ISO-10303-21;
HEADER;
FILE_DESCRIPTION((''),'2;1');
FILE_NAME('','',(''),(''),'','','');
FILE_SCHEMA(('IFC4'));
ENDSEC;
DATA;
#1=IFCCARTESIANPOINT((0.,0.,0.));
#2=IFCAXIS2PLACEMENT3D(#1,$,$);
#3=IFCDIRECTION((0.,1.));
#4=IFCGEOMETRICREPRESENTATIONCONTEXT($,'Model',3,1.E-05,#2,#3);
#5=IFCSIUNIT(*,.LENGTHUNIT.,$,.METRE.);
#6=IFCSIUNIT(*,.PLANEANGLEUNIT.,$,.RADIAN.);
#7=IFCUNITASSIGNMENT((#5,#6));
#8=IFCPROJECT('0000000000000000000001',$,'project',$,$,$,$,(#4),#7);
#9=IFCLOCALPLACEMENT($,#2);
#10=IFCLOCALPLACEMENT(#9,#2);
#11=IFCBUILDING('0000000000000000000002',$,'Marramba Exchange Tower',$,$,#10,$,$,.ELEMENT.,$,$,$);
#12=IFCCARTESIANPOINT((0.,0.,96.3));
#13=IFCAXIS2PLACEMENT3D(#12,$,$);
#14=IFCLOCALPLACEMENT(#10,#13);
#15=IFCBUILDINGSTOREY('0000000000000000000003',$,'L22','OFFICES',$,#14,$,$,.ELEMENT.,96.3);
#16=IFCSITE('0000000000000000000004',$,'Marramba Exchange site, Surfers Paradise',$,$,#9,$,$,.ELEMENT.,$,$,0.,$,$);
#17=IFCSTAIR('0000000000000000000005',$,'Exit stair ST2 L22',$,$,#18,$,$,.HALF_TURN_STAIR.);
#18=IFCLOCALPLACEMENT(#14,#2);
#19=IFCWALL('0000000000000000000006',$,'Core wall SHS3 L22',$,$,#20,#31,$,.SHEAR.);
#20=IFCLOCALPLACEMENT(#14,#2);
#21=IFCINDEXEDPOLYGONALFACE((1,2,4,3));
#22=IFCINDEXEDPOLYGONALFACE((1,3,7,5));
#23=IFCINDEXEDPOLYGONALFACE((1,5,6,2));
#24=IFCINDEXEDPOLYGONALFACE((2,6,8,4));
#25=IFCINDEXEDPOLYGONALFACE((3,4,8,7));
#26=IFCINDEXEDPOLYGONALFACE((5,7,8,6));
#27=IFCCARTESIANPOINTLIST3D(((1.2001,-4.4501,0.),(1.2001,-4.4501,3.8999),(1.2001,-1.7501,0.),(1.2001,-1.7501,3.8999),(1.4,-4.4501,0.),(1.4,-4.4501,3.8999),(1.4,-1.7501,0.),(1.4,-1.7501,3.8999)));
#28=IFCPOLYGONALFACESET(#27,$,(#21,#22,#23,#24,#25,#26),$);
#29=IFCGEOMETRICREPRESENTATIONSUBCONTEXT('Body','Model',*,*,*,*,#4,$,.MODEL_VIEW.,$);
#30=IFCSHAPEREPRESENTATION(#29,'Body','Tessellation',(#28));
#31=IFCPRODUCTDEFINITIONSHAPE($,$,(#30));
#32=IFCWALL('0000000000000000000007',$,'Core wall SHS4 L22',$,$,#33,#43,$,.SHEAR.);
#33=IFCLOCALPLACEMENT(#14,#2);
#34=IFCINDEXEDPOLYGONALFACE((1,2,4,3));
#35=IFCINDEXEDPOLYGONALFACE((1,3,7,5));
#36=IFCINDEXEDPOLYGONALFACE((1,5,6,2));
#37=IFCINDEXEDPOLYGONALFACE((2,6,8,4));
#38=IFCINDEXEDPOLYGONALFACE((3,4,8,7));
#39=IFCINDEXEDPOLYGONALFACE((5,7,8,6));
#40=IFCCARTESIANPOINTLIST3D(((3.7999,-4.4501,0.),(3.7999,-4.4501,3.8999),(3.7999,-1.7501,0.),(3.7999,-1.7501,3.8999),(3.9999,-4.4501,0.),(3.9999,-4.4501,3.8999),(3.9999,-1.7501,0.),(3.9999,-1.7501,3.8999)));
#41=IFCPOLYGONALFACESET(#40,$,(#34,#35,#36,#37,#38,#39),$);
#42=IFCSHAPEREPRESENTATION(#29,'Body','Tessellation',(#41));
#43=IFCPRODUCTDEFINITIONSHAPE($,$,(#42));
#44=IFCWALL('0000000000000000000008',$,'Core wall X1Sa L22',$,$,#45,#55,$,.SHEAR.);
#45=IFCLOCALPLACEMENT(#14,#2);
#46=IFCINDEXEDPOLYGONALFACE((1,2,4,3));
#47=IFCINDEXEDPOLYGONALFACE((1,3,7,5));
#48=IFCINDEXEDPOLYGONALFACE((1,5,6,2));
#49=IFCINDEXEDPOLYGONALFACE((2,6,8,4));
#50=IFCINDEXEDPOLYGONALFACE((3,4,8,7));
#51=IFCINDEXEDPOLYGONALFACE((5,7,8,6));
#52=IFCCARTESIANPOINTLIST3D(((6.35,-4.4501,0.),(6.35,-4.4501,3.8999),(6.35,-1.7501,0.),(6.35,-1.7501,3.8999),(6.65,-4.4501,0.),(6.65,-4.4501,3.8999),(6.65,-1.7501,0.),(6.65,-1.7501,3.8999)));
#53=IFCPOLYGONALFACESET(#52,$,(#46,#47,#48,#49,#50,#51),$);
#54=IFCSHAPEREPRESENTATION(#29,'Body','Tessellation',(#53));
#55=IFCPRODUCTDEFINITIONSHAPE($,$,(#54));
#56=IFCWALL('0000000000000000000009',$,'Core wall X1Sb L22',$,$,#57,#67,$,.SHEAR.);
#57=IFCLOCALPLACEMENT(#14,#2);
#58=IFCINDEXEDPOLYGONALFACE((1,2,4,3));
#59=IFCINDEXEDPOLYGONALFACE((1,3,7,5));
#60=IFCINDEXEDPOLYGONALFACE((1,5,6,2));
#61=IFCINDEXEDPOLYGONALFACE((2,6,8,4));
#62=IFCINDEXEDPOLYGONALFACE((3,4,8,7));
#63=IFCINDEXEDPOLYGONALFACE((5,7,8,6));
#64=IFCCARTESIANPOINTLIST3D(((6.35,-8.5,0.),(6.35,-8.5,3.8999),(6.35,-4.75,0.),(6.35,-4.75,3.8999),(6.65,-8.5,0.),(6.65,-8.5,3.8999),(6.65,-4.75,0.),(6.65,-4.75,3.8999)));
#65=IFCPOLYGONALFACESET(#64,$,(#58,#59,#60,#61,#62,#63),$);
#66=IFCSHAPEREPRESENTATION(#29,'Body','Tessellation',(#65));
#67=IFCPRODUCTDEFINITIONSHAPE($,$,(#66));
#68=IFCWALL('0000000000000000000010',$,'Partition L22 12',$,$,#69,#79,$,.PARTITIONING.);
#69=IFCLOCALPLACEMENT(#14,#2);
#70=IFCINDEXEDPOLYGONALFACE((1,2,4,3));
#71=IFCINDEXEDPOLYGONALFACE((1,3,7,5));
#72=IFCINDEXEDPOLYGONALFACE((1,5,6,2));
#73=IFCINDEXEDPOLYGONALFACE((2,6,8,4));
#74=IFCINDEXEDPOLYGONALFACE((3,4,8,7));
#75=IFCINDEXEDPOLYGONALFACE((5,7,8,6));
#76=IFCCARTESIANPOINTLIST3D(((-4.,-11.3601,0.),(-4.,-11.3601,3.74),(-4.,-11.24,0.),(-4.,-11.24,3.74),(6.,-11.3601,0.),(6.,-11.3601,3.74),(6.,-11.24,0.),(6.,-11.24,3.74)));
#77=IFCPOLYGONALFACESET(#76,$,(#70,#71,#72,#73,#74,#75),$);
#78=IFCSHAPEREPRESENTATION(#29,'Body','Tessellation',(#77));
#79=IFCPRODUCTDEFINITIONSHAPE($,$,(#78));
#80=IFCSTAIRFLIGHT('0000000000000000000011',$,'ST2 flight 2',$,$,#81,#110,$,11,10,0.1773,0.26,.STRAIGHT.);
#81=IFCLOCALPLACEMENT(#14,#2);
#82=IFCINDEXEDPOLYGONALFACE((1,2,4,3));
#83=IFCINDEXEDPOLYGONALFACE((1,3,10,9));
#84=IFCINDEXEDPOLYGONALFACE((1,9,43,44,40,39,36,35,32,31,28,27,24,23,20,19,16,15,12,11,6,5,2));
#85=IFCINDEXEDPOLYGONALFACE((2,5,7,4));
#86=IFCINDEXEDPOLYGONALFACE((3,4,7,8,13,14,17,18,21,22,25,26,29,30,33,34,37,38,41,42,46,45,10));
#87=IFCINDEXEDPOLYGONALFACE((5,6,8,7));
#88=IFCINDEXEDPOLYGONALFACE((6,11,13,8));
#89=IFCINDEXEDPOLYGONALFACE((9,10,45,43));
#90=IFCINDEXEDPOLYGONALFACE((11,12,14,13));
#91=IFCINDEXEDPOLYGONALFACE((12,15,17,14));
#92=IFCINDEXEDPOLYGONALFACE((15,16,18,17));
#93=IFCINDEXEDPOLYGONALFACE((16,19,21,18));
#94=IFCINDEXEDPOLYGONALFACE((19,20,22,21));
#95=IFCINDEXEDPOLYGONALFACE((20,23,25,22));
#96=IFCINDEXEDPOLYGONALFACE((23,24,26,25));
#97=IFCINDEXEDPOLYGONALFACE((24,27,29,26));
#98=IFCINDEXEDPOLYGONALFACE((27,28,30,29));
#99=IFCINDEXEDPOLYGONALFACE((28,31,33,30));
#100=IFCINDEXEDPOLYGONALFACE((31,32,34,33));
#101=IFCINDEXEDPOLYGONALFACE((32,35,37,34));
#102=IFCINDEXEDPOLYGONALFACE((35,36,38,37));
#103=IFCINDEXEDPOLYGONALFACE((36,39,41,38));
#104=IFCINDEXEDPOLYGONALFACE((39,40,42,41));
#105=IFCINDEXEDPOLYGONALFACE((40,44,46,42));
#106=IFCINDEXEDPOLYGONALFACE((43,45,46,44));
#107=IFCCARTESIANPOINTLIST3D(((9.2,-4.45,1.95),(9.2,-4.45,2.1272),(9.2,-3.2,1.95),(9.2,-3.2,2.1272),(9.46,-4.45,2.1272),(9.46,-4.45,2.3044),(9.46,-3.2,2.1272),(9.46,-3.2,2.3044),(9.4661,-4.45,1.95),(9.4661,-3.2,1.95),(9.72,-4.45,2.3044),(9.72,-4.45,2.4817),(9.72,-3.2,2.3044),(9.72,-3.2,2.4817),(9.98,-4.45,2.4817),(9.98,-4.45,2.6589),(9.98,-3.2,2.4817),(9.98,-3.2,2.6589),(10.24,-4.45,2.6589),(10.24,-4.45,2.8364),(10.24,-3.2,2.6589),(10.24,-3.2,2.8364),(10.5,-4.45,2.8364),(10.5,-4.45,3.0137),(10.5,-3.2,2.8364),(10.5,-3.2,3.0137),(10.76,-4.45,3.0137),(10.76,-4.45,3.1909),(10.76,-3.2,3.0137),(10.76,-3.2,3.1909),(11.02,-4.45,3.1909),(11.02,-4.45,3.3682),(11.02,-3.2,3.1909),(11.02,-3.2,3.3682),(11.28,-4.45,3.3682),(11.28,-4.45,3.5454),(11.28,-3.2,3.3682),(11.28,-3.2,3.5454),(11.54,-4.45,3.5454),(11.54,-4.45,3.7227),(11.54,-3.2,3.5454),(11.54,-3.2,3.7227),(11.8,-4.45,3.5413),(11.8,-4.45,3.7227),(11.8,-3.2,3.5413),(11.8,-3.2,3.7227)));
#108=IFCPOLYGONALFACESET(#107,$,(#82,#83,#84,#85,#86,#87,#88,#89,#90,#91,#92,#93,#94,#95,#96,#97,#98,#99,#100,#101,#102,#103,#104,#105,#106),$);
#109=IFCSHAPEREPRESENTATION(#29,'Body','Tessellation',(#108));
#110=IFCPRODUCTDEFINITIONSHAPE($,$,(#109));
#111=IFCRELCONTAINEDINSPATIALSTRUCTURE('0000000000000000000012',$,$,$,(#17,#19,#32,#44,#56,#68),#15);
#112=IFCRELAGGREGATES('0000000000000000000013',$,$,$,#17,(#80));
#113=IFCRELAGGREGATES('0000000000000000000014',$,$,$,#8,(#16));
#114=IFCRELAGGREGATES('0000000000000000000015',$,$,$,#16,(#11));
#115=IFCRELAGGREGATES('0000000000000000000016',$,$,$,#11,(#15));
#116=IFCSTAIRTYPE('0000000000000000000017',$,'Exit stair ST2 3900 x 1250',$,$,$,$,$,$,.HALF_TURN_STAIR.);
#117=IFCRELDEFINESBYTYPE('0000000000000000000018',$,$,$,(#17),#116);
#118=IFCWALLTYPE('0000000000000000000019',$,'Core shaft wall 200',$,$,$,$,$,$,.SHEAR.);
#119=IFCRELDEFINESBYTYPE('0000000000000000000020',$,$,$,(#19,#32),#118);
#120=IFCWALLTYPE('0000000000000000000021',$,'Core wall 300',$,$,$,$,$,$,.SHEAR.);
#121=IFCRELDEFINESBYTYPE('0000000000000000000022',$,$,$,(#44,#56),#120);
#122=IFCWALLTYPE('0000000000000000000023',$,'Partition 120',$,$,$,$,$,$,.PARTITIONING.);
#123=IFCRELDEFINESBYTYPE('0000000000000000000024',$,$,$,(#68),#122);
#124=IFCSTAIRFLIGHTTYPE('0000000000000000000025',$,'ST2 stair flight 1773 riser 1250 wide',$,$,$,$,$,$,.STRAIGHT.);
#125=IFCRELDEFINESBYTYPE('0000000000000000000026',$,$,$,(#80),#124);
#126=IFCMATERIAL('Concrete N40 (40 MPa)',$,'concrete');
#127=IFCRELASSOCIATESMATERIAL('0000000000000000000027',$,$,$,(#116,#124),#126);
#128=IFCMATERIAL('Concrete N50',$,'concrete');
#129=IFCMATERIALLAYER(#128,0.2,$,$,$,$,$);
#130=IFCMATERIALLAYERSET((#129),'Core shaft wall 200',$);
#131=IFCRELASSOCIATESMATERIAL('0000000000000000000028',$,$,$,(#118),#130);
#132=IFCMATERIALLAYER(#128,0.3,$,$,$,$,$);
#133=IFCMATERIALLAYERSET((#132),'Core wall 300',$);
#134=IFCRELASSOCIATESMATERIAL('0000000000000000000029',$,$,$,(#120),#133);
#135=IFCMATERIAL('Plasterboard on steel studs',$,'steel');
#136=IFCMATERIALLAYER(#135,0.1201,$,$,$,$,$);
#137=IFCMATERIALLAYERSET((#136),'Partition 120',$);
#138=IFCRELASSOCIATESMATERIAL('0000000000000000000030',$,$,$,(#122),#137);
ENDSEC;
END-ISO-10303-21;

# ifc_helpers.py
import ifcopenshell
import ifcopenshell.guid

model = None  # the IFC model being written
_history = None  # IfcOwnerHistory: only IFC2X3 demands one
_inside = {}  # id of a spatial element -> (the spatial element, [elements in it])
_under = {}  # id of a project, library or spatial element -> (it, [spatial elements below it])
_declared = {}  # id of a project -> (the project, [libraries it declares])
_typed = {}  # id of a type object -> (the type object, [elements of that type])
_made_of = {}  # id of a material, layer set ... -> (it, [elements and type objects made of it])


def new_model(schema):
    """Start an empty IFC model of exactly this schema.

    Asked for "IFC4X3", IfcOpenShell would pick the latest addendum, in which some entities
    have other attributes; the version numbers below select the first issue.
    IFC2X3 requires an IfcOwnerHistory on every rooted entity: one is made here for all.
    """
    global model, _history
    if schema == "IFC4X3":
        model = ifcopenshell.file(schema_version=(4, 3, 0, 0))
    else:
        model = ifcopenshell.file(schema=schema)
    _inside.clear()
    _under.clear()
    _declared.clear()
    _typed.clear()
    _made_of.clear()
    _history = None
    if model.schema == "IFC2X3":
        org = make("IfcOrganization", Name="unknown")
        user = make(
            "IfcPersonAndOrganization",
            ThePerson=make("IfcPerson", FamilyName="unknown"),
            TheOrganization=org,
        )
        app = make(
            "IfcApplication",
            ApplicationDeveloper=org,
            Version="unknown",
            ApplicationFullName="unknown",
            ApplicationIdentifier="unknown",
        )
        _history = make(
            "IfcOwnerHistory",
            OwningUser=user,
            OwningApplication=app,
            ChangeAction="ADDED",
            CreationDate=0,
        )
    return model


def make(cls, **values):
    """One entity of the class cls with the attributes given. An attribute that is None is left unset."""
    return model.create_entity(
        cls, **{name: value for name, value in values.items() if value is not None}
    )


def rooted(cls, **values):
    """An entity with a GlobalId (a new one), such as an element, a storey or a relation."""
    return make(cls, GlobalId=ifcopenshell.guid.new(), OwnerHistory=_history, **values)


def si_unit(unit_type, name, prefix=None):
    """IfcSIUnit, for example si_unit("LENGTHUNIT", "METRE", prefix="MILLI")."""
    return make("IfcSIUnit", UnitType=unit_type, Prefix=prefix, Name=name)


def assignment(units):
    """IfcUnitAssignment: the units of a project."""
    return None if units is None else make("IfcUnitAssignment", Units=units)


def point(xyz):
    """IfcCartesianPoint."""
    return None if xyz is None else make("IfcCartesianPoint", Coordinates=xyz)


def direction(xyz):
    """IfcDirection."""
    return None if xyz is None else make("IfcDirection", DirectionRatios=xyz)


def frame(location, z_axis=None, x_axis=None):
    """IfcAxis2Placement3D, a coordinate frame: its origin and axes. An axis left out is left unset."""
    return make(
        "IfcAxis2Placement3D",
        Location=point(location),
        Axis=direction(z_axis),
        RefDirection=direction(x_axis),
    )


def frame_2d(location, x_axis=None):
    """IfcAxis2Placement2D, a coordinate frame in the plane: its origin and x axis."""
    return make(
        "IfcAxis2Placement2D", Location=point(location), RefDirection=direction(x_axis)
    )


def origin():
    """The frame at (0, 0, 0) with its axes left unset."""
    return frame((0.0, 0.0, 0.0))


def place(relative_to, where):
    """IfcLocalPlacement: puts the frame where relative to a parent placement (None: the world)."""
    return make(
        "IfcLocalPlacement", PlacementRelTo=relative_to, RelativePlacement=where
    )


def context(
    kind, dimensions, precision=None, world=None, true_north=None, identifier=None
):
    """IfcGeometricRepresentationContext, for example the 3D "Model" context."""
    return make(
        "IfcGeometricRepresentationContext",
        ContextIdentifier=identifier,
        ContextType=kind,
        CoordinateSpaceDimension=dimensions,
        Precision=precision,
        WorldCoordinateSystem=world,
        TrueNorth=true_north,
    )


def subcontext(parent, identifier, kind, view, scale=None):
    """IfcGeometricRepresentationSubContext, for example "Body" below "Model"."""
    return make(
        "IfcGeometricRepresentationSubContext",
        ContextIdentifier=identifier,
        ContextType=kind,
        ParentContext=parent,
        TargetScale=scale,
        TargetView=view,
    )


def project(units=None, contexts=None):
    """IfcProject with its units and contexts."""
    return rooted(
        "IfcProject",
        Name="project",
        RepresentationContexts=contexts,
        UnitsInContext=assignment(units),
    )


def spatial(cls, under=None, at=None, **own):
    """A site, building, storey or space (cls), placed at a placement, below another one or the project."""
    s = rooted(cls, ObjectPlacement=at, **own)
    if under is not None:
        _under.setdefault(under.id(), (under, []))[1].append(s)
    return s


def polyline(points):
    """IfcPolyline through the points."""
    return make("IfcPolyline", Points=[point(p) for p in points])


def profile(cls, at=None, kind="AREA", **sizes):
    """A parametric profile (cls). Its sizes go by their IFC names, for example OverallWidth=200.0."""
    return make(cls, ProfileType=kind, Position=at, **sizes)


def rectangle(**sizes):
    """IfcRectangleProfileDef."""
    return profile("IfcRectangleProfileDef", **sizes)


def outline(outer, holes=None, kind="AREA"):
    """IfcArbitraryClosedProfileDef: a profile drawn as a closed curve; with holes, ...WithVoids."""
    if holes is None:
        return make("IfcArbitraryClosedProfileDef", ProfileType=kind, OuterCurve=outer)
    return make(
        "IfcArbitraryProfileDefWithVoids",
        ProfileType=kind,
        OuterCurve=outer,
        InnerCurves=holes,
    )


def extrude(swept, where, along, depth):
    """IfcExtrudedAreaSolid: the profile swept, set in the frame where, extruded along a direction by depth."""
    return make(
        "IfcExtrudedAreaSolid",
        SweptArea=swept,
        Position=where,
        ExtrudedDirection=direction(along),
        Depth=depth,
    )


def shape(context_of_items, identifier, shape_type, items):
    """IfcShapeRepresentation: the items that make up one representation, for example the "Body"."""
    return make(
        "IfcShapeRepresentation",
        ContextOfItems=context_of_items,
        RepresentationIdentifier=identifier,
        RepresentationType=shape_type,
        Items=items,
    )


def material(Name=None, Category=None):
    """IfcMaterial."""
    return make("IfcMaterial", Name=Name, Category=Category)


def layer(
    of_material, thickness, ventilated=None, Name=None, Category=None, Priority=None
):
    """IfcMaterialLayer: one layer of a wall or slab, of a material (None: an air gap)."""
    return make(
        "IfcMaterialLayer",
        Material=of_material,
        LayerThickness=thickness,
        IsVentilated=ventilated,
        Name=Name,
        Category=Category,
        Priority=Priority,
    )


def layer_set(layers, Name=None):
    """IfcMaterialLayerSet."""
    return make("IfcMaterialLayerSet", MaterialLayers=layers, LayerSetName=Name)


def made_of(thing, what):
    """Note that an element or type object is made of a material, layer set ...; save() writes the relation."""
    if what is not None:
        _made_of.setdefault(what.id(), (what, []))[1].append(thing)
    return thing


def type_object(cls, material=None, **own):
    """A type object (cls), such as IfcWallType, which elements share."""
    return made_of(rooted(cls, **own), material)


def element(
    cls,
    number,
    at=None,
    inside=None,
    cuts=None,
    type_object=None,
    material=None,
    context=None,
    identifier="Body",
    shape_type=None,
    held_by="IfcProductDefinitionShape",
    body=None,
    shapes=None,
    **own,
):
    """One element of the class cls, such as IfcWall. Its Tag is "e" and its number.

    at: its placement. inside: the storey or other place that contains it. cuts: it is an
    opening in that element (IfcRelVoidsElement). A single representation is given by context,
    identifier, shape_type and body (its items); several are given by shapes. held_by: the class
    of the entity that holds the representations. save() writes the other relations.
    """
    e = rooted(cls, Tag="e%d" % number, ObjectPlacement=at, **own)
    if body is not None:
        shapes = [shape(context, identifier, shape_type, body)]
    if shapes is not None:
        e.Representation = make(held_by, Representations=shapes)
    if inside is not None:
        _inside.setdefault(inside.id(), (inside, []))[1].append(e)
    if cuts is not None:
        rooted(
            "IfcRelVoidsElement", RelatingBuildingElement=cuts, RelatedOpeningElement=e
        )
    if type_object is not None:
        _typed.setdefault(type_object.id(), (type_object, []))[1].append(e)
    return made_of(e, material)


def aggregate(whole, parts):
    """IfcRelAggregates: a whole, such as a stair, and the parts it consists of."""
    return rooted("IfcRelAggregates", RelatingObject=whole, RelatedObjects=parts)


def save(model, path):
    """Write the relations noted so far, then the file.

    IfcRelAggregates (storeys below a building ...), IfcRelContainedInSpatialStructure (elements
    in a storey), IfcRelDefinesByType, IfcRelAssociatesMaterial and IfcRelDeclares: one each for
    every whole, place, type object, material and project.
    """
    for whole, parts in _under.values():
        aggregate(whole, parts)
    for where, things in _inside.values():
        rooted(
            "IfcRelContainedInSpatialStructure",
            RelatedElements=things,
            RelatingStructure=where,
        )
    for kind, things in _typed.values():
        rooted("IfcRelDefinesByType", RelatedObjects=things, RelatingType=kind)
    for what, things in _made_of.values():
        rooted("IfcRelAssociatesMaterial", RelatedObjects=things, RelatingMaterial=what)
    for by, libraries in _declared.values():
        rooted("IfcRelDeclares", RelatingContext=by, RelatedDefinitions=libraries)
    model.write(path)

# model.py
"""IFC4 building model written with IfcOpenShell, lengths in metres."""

from ifc_helpers import new_model, si_unit, direction, frame, frame_2d, origin, place, context, subcontext, project, spatial, polyline, rectangle, outline, extrude, material, layer, layer_set, type_object, element, aggregate, save


model = new_model("IFC4")

# Units and contexts
model_context = context("Model", 3, precision=1e-05, world=origin(), true_north=direction((0.0, 1.0)))
body_context = subcontext(model_context, "Body", "Model", "MODEL_VIEW")
ifc_project = project(units=[si_unit("LENGTHUNIT", "METRE"), si_unit("PLANEANGLEUNIT", "RADIAN")], contexts=[model_context])

# Site, building, storey
site_placement = place(None, origin())
site = spatial("IfcSite", under=ifc_project, at=site_placement, Name="Marramba Exchange site, Surfers Paradise", CompositionType="ELEMENT", RefElevation=0.0)
building_placement = place(site_placement, origin())
building = spatial("IfcBuilding", under=site, at=building_placement, Name="Marramba Exchange Tower", CompositionType="ELEMENT")
storey_placement = place(building_placement, frame((0.0, 0.0, 96.3)))
storey = spatial("IfcBuildingStorey", under=building, at=storey_placement, Name="L22", Description="OFFICES", CompositionType="ELEMENT", Elevation=96.3)

# Stair
ifc_material_1 = material(Name="Concrete N40 (40 MPa)", Category="concrete")
stair_type_1 = type_object("IfcStairType", Name="Exit stair ST2 3900 x 1250", PredefinedType="HALF_TURN_STAIR", material=ifc_material_1)
stair_1_placement = place(storey_placement, origin())
stair_1 = element("IfcStair", 1, at=stair_1_placement, inside=storey, type_object=stair_type_1, Name="Exit stair ST2 L22", PredefinedType="HALF_TURN_STAIR")

# Walls
ifc_material_2 = material(Name="Concrete N50", Category="concrete")
ifc_layer_1 = layer(ifc_material_2, 0.2)
ifc_layer_set_1 = layer_set([ifc_layer_1], Name="Core shaft wall 200")
wall_type_1 = type_object("IfcWallType", Name="Core shaft wall 200", PredefinedType="SHEAR", material=ifc_layer_set_1)
for number, where, z_axis, x_axis, name in (
    (2, (1.3, -1.75, 0.0), (0.0, 0.0, 1.0), (0.0, -1.0, 0.0), "Core wall SHS3 L22"),
    (3, (3.8999, -1.75, 0.0), (0.0, 0.0, 1.0), (0.0, -1.0, 0.0), "Core wall SHS4 L22"),
):
    element("IfcWall", number, at=place(storey_placement, frame(where, z_axis=z_axis, x_axis=x_axis)), inside=storey, type_object=wall_type_1, Name=name, PredefinedType="SHEAR", context=body_context, shape_type="SweptSolid", body=[
        extrude(rectangle(XDim=2.7, YDim=0.2, at=frame_2d((1.3501, 0.0))), origin(), (0.0, 0.0, 1.0), 3.8999),
    ])
ifc_layer_2 = layer(ifc_material_2, 0.3)
ifc_layer_set_2 = layer_set([ifc_layer_2], Name="Core wall 300")
wall_type_2 = type_object("IfcWallType", Name="Core wall 300", PredefinedType="SHEAR", material=ifc_layer_set_2)
wall_1_placement = place(storey_placement, frame((6.5, -1.75, 0.0), z_axis=(0.0, 0.0, 1.0), x_axis=(0.0, -1.0, 0.0)))
element("IfcWall", 4, at=wall_1_placement, inside=storey, type_object=wall_type_2, Name="Core wall X1Sa L22", PredefinedType="SHEAR", context=body_context, shape_type="SweptSolid", body=[
    extrude(rectangle(XDim=2.7, YDim=0.3, at=frame_2d((1.3501, 0.0))), origin(), (0.0, 0.0, 1.0), 3.8999),
])
wall_2_placement = place(storey_placement, frame((6.5, -4.75, 0.0), z_axis=(0.0, 0.0, 1.0), x_axis=(0.0, -1.0, 0.0)))
element("IfcWall", 5, at=wall_2_placement, inside=storey, type_object=wall_type_2, Name="Core wall X1Sb L22", PredefinedType="SHEAR", context=body_context, shape_type="SweptSolid", body=[
    extrude(rectangle(XDim=3.75, YDim=0.3, at=frame_2d((1.875, 0.0))), origin(), (0.0, 0.0, 1.0), 3.8999),
])
ifc_material_3 = material(Name="Plasterboard on steel studs", Category="steel")
ifc_layer_3 = layer(ifc_material_3, 0.1201)
ifc_layer_set_3 = layer_set([ifc_layer_3], Name="Partition 120")
wall_type_3 = type_object("IfcWallType", Name="Partition 120", PredefinedType="PARTITIONING", material=ifc_layer_set_3)
wall_3_placement = place(storey_placement, frame((6.0, -11.3, 0.0), z_axis=(0.0, 0.0, 1.0), x_axis=(-1.0, 0.0, 0.0)))
element("IfcWall", 6, at=wall_3_placement, inside=storey, type_object=wall_type_3, Name="Partition L22 12", PredefinedType="PARTITIONING", context=body_context, shape_type="SweptSolid", body=[
    extrude(rectangle(XDim=10.0, YDim=0.1201, at=frame_2d((5.0, 0.0))), origin(), (0.0, 0.0, 1.0), 3.74),
])

# Stair flight
stair_flight_type = type_object("IfcStairFlightType", Name="ST2 stair flight 1773 riser 1250 wide", PredefinedType="STRAIGHT", material=ifc_material_1)
stair_flight_placement = place(storey_placement, frame((9.2, -3.825, 1.95), z_axis=(0.0, 0.0, 1.0), x_axis=(1.0, 0.0, 0.0)))
stair_flight = element("IfcStairFlight", 7, at=stair_flight_placement, type_object=stair_flight_type, Name="ST2 flight 2", NumberOfRisers=11, NumberOfTreads=10, PredefinedType="STRAIGHT", RiserHeight=0.1773, TreadLength=0.26, context=body_context, shape_type="SweptSolid", body=[
    extrude(outline(polyline([(0.0, 0.0), (0.0, 0.1772), (0.26, 0.1772), (0.26, 0.3545), (0.52, 0.3545), (0.52, 0.5317), (0.78, 0.5317), (0.78, 0.709), (1.04, 0.709), (1.04, 0.8865), (1.3, 0.8865), (1.3, 1.0637), (1.5601, 1.0637), (1.5601, 1.241), (1.8201, 1.241), (1.8201, 1.4182), (2.0801, 1.4182), (2.0801, 1.5955), (2.3401, 1.5955), (2.3401, 1.7727), (2.6001, 1.7727), (2.6001, 1.95), (2.6001, 1.5913), (0.2661, 0.0), (0.0, 0.0)])), frame((0.0, 0.625, 0.0), z_axis=(0.0, -1.0, 0.0), x_axis=(1.0, 0.0, 0.0)), (0.0, 0.0, 1.0), 1.25),
])
aggregate(stair_1, [stair_flight])

save(model, "model.ifc")
